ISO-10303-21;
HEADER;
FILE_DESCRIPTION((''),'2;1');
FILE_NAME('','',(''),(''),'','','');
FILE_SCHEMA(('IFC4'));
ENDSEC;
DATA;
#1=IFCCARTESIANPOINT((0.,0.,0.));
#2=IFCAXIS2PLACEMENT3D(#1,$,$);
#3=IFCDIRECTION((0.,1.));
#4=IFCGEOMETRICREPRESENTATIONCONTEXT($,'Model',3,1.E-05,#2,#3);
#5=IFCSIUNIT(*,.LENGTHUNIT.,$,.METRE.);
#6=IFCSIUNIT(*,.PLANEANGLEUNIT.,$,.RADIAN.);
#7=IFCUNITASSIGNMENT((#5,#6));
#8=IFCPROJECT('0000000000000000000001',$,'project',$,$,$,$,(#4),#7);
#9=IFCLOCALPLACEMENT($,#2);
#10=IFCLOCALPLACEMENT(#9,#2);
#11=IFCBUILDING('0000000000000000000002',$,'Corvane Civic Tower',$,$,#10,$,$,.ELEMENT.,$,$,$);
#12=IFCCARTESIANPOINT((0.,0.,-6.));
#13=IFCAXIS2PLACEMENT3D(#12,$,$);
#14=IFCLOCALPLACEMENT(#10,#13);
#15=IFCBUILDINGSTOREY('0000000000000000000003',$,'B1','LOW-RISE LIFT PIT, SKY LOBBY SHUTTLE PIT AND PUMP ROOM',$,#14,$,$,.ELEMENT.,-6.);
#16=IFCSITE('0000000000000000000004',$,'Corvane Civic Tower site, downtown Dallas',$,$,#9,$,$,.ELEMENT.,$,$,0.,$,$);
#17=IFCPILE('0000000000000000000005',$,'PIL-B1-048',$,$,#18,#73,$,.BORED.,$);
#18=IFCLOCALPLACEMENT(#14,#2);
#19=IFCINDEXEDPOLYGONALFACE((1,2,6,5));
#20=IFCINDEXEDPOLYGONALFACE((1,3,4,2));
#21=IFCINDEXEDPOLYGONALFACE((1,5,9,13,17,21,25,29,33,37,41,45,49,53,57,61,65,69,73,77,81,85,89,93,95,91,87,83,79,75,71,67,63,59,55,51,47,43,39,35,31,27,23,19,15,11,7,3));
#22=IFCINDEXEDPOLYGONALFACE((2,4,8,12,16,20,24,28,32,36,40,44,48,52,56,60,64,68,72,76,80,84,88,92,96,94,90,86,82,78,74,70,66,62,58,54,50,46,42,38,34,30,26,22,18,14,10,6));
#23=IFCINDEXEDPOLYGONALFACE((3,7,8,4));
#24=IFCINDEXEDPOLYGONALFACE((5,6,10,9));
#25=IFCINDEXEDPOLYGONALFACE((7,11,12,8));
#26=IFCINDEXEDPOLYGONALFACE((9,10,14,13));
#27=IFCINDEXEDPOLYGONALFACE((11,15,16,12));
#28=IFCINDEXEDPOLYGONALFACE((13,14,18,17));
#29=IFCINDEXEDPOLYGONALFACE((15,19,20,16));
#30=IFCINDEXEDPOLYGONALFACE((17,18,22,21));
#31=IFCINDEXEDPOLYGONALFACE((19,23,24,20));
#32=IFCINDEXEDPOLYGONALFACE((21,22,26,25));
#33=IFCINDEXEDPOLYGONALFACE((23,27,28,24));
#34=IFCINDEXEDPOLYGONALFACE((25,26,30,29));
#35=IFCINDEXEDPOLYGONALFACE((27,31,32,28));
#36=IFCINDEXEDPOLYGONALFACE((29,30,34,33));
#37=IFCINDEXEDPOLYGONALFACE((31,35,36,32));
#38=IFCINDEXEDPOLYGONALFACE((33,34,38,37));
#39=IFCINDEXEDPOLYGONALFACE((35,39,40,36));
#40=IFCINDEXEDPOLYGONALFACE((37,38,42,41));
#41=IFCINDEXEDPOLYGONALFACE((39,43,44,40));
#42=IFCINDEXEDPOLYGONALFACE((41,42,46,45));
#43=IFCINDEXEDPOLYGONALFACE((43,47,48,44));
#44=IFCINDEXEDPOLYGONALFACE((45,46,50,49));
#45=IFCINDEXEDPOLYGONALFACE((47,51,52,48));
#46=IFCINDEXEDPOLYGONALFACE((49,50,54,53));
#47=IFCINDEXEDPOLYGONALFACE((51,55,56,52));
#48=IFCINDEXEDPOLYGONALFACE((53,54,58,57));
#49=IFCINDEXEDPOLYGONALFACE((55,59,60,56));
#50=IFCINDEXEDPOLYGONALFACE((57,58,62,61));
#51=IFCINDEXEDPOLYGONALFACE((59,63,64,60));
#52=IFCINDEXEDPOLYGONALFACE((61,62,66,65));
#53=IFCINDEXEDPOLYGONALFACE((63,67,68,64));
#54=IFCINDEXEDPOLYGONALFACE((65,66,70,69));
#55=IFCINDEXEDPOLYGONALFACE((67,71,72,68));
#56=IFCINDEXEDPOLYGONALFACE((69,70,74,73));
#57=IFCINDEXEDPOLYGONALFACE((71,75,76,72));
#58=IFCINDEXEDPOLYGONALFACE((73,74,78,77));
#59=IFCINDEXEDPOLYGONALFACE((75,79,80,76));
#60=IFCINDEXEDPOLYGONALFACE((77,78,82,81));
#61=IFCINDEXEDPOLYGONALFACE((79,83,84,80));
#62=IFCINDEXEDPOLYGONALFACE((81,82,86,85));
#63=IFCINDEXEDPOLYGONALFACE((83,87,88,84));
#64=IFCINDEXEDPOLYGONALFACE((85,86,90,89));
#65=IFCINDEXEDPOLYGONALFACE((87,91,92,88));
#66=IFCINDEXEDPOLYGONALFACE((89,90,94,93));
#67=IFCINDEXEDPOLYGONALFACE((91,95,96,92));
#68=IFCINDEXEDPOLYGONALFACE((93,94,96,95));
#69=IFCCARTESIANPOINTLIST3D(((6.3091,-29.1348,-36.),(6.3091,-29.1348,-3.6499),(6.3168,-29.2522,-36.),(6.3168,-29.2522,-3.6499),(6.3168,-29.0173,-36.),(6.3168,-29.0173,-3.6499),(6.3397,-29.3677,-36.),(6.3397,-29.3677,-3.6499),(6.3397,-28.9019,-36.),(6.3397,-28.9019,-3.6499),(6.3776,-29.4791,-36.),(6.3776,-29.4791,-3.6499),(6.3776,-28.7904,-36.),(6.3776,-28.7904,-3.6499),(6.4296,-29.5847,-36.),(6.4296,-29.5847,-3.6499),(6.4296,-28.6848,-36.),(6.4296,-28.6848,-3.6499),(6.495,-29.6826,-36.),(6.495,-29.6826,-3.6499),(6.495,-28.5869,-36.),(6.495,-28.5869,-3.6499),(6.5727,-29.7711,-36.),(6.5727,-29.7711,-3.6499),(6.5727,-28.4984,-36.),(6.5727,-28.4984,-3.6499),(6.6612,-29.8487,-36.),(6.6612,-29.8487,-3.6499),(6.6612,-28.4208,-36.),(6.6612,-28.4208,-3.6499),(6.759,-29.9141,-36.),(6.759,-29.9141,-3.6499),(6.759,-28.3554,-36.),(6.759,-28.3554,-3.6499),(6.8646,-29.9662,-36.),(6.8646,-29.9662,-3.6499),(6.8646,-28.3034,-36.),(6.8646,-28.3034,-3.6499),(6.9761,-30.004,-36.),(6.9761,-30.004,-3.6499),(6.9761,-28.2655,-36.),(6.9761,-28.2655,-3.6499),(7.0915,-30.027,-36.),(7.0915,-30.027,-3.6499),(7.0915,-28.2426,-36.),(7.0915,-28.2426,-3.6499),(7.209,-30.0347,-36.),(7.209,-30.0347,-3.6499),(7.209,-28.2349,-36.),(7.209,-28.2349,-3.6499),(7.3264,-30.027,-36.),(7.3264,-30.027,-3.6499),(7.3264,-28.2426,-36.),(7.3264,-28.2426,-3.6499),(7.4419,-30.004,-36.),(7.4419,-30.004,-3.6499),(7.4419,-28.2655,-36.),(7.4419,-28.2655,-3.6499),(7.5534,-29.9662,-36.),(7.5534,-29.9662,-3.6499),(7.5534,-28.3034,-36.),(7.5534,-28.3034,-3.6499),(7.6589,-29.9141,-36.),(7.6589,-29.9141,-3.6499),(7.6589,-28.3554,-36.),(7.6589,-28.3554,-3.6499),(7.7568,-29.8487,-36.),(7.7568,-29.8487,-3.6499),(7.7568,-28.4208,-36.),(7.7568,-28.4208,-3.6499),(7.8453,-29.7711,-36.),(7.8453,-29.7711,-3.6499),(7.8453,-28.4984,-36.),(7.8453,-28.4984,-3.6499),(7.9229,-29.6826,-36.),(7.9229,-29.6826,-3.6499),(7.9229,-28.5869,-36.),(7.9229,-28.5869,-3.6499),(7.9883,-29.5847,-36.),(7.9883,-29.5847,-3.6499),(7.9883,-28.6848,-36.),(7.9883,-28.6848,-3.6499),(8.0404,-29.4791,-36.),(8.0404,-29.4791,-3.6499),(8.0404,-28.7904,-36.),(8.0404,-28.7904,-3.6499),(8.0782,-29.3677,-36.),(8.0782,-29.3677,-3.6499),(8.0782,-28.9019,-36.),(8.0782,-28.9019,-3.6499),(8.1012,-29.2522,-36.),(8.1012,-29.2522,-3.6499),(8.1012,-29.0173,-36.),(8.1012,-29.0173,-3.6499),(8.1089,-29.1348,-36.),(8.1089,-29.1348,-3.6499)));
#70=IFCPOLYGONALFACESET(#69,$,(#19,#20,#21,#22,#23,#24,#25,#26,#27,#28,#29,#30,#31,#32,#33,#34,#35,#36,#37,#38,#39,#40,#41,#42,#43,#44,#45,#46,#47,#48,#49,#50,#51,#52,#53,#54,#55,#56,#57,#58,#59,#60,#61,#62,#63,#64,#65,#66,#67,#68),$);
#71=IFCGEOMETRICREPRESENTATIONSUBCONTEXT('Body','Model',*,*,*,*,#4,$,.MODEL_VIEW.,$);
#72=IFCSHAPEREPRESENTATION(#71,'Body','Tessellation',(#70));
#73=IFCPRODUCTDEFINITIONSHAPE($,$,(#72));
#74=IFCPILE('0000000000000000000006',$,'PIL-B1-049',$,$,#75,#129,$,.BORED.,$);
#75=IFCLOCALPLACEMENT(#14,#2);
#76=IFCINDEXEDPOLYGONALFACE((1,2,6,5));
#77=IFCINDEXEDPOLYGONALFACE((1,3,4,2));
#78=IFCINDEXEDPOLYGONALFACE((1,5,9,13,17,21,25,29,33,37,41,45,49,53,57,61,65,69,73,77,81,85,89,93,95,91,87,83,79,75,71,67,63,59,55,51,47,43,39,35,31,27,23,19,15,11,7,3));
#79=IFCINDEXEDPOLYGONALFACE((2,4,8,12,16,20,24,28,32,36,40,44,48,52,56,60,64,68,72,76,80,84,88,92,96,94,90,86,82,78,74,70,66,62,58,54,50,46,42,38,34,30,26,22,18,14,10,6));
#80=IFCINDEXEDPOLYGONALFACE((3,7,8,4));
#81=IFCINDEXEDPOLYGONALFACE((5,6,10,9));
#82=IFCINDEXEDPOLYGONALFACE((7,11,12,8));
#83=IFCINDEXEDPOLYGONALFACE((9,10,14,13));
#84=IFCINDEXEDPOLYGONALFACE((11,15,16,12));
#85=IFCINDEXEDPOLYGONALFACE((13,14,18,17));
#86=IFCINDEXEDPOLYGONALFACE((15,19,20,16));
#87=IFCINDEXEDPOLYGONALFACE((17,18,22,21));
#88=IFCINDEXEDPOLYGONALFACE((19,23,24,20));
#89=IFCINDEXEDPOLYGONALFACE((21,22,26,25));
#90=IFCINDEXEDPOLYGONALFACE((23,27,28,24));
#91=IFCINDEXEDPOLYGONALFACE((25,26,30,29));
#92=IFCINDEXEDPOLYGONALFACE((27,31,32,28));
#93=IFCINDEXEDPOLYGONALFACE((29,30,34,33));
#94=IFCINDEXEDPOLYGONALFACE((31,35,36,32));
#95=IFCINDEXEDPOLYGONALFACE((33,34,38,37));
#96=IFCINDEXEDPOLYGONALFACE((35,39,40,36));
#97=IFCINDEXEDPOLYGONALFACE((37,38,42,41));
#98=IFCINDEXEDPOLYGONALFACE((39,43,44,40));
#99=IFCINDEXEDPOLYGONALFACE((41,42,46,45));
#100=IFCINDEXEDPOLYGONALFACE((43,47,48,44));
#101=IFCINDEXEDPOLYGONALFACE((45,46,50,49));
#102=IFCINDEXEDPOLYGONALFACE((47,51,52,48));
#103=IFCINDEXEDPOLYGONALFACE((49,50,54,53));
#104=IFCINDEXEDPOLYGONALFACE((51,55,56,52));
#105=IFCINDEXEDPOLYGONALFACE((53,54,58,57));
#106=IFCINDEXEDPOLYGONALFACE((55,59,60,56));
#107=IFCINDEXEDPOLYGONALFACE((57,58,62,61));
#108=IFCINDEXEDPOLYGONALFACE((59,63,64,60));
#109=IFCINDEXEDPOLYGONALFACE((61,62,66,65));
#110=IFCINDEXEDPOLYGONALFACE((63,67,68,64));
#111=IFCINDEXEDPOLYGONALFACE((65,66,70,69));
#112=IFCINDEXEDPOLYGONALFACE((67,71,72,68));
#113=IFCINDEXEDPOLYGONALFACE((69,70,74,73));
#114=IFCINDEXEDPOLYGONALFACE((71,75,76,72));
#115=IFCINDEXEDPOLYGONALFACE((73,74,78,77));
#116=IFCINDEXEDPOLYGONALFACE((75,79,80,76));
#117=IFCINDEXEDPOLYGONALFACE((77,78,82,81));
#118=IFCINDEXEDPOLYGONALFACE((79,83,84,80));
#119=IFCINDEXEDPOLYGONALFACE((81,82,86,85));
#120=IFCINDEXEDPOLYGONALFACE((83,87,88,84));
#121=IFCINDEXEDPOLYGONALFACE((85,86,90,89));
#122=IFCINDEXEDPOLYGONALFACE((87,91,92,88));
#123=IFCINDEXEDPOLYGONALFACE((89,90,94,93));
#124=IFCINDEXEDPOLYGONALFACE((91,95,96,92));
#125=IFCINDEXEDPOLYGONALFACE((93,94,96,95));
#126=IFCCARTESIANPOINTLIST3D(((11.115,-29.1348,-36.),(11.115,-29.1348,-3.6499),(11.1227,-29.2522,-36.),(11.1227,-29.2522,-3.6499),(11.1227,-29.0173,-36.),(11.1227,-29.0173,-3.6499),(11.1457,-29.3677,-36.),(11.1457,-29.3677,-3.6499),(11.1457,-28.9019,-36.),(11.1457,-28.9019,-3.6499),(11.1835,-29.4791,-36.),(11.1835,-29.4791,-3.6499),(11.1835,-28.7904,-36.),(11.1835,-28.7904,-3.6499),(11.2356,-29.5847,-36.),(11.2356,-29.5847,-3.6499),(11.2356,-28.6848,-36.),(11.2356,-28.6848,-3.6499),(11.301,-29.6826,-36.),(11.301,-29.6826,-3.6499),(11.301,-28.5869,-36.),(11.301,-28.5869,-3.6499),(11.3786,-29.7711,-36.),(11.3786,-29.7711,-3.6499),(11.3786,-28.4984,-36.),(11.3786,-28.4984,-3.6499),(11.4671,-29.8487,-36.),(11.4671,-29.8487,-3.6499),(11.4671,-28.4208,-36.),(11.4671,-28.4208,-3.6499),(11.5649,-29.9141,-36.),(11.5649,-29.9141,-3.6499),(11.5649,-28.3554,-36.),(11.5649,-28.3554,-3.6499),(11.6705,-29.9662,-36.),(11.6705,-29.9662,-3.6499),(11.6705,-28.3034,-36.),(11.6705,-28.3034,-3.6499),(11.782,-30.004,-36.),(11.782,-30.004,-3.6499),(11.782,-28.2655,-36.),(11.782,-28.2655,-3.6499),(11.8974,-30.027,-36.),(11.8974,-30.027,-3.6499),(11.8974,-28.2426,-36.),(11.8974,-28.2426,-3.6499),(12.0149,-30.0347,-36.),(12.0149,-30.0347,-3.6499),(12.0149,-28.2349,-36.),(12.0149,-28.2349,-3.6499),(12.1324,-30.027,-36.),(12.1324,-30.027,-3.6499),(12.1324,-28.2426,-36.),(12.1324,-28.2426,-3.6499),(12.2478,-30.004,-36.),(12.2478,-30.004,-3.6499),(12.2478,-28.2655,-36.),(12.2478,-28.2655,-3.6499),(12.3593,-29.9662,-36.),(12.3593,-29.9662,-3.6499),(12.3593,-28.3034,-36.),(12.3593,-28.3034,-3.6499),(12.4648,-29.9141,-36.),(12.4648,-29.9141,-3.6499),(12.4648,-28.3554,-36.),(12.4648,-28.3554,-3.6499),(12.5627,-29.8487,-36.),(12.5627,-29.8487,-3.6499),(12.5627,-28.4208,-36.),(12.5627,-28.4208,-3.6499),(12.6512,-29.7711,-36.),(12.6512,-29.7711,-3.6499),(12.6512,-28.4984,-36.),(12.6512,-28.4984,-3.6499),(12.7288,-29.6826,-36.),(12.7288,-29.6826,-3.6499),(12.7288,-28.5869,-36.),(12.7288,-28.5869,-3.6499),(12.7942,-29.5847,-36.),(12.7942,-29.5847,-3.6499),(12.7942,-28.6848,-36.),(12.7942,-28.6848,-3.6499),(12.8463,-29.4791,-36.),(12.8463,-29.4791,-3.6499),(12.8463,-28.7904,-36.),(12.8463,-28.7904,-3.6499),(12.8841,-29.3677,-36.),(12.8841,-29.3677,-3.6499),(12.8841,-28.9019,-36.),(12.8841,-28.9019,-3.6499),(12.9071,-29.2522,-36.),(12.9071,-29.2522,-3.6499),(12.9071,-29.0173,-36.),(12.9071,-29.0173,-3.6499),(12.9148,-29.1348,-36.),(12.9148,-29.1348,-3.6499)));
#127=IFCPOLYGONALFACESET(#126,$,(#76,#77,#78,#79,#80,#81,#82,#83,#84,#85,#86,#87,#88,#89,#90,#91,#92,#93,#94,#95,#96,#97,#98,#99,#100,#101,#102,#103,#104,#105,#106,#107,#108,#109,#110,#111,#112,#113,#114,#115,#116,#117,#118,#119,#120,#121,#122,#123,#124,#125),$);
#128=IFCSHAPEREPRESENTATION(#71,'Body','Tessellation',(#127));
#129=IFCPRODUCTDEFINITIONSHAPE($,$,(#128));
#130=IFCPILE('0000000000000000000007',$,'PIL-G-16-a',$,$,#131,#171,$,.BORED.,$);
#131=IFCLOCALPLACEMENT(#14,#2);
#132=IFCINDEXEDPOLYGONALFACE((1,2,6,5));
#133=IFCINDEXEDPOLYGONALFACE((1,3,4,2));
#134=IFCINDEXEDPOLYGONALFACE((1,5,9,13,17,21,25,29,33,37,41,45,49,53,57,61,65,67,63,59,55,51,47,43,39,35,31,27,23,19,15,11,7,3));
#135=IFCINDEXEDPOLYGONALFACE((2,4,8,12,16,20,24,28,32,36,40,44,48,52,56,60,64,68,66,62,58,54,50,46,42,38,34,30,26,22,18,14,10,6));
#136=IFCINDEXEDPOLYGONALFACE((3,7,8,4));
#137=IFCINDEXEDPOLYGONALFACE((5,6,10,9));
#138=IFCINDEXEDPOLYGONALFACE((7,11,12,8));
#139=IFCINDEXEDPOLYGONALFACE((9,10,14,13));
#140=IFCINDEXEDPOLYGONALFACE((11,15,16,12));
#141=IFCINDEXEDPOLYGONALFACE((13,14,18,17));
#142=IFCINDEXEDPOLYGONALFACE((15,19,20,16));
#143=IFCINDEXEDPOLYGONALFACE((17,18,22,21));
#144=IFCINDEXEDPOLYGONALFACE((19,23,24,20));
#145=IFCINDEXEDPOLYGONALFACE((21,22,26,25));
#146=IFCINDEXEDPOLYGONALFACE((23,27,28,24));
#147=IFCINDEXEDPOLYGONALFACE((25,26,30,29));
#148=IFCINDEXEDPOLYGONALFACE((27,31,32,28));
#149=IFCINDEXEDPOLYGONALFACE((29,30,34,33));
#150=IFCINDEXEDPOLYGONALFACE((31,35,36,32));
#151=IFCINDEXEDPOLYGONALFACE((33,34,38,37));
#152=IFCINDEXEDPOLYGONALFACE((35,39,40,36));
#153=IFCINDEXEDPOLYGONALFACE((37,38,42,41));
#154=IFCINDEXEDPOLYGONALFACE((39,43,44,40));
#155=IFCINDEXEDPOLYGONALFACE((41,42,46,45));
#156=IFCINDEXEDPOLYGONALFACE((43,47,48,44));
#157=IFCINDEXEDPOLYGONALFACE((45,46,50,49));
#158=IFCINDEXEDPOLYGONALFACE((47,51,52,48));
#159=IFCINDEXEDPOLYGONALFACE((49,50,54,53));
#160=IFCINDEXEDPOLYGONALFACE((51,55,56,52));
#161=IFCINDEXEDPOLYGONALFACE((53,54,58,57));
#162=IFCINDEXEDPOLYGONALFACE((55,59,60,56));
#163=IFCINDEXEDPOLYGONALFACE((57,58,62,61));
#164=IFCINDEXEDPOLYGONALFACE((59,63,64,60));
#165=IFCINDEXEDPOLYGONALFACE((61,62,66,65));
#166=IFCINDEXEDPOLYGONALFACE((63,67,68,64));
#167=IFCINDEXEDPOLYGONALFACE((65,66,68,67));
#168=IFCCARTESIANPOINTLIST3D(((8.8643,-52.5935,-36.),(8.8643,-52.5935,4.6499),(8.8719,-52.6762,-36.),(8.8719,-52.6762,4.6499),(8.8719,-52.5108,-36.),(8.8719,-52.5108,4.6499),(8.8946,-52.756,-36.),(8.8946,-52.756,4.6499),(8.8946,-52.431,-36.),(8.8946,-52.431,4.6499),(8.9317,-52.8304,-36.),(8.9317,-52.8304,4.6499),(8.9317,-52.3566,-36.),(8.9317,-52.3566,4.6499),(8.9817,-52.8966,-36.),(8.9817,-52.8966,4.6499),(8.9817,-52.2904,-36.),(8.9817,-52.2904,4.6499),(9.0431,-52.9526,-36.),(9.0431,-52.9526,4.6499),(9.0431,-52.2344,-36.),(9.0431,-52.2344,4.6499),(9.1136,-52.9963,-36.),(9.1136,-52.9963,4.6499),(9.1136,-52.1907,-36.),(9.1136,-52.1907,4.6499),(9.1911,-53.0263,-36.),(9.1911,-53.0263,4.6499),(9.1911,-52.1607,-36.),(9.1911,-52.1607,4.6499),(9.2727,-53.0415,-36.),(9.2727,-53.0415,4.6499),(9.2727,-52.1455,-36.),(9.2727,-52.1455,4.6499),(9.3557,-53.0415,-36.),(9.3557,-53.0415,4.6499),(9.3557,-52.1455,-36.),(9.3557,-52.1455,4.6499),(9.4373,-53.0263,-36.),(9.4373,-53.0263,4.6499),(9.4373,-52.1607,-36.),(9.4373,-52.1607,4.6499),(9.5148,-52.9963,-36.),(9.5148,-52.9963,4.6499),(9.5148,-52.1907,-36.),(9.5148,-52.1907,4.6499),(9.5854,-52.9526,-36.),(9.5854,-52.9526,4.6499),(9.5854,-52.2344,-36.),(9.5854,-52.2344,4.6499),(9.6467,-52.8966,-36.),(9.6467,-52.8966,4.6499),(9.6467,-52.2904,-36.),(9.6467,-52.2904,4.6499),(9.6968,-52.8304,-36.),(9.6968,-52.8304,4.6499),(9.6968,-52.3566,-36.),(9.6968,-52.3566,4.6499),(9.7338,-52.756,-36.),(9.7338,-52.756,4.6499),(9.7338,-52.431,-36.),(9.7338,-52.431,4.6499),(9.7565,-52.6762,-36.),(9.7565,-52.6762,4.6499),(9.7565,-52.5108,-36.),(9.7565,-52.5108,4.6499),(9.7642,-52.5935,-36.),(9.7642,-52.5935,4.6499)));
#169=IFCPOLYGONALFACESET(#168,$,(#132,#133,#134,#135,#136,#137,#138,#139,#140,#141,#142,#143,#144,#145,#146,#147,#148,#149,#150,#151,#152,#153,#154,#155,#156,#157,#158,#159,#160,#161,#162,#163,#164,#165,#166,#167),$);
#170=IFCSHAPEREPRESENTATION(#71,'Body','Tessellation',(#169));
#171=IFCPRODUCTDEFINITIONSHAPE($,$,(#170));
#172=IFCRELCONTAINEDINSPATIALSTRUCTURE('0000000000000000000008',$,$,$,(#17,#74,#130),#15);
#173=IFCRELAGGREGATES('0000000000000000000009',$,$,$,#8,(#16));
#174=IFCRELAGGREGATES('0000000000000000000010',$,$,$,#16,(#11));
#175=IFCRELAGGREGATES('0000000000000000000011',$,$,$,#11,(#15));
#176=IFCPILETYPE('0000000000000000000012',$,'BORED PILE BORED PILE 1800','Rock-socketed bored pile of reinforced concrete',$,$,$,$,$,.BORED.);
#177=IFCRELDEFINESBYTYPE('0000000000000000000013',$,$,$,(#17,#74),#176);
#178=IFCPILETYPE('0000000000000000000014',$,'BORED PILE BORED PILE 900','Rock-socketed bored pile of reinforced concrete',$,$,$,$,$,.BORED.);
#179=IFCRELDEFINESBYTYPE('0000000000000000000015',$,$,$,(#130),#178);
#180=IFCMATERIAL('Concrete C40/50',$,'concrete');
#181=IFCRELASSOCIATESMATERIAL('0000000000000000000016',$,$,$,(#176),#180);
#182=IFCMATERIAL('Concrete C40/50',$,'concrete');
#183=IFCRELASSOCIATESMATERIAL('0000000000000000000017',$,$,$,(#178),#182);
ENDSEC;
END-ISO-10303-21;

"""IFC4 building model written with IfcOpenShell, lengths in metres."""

from ifc_helpers import new_model, si_unit, direction, frame, origin, origin_2d, place, context, subcontext, project, spatial, circle, extrude, material, material_profile, profile_set, type_object, element, save


model = new_model("IFC4")

# Units and contexts
model_context = context("Model", 3, precision=1e-05, world=origin(), true_north=direction((0.0, 1.0)))
body_context = subcontext(model_context, "Body", "Model", "MODEL_VIEW")
ifc_project = project(units=[si_unit("LENGTHUNIT", "METRE"), si_unit("PLANEANGLEUNIT", "RADIAN")], contexts=[model_context])

# Site, building, storey
site_placement = place(None, origin())
site = spatial("IfcSite", under=ifc_project, at=site_placement, Name="Corvane Civic Tower site, downtown Dallas", CompositionType="ELEMENT", RefElevation=0.0)
building_placement = place(site_placement, origin())
building = spatial("IfcBuilding", under=site, at=building_placement, Name="Corvane Civic Tower", CompositionType="ELEMENT")
storey_placement = place(building_placement, frame((0.0, 0.0, -6.0)))
storey = spatial("IfcBuildingStorey", under=building, at=storey_placement, Name="B1", Description="LOW-RISE LIFT PIT, SKY LOBBY SHUTTLE PIT AND PUMP ROOM", CompositionType="ELEMENT", Elevation=-6.0)

# Piles
ifc_material_1 = material(Name="Concrete C40/50", Category="concrete")
ifc_material_profile_1 = material_profile(ifc_material_1, circle(Radius=0.8999, at=origin_2d()), Name="BORED PILE 1800")
ifc_profile_set_1 = profile_set([ifc_material_profile_1], Name="Concrete C40/50")
pile_type_1 = type_object("IfcPileType", Name="BORED PILE BORED PILE 1800", Description="Rock-socketed bored pile of reinforced concrete", PredefinedType="BORED", material=ifc_profile_set_1)
for number, where, z_axis, x_axis, name in (
    (1, (7.209, -29.1348, -3.6499), (0.0, 0.0, -1.0), (1.0, 0.0, 0.0), "PIL-B1-048"),
    (2, (12.0149, -29.1348, -3.6499), (0.0, 0.0, -1.0), (1.0, 0.0, 0.0), "PIL-B1-049"),
):
    element("IfcPile", number, at=place(storey_placement, frame(where, z_axis=z_axis, x_axis=x_axis)), inside=storey, type_object=pile_type_1, Name=name, PredefinedType="BORED", context=body_context, shape_type="SweptSolid", body=[
        extrude(circle(Radius=0.8999, at=origin_2d()), origin(), (0.0, 0.0, 1.0), 32.3501),
    ])
ifc_material_2 = material(Name="Concrete C40/50", Category="concrete")
ifc_material_profile_2 = material_profile(ifc_material_2, circle(Radius=0.45, at=origin_2d()), Name="BORED PILE 900")
ifc_profile_set_2 = profile_set([ifc_material_profile_2], Name="Concrete C40/50")
pile_type_2 = type_object("IfcPileType", Name="BORED PILE BORED PILE 900", Description="Rock-socketed bored pile of reinforced concrete", PredefinedType="BORED", material=ifc_profile_set_2)
for number, where, z_axis, x_axis, name in (
    (3, (9.3142, -52.5935, 4.6499), (0.0, 0.0, -1.0), (1.0, 0.0, 0.0), "PIL-G-16-a"),
):
    element("IfcPile", number, at=place(storey_placement, frame(where, z_axis=z_axis, x_axis=x_axis)), inside=storey, type_object=pile_type_2, Name=name, PredefinedType="BORED", context=body_context, shape_type="SweptSolid", body=[
        extrude(circle(Radius=0.45, at=origin_2d()), origin(), (0.0, 0.0, 1.0), 40.6499),
    ])

save(model, "model.ifc")
